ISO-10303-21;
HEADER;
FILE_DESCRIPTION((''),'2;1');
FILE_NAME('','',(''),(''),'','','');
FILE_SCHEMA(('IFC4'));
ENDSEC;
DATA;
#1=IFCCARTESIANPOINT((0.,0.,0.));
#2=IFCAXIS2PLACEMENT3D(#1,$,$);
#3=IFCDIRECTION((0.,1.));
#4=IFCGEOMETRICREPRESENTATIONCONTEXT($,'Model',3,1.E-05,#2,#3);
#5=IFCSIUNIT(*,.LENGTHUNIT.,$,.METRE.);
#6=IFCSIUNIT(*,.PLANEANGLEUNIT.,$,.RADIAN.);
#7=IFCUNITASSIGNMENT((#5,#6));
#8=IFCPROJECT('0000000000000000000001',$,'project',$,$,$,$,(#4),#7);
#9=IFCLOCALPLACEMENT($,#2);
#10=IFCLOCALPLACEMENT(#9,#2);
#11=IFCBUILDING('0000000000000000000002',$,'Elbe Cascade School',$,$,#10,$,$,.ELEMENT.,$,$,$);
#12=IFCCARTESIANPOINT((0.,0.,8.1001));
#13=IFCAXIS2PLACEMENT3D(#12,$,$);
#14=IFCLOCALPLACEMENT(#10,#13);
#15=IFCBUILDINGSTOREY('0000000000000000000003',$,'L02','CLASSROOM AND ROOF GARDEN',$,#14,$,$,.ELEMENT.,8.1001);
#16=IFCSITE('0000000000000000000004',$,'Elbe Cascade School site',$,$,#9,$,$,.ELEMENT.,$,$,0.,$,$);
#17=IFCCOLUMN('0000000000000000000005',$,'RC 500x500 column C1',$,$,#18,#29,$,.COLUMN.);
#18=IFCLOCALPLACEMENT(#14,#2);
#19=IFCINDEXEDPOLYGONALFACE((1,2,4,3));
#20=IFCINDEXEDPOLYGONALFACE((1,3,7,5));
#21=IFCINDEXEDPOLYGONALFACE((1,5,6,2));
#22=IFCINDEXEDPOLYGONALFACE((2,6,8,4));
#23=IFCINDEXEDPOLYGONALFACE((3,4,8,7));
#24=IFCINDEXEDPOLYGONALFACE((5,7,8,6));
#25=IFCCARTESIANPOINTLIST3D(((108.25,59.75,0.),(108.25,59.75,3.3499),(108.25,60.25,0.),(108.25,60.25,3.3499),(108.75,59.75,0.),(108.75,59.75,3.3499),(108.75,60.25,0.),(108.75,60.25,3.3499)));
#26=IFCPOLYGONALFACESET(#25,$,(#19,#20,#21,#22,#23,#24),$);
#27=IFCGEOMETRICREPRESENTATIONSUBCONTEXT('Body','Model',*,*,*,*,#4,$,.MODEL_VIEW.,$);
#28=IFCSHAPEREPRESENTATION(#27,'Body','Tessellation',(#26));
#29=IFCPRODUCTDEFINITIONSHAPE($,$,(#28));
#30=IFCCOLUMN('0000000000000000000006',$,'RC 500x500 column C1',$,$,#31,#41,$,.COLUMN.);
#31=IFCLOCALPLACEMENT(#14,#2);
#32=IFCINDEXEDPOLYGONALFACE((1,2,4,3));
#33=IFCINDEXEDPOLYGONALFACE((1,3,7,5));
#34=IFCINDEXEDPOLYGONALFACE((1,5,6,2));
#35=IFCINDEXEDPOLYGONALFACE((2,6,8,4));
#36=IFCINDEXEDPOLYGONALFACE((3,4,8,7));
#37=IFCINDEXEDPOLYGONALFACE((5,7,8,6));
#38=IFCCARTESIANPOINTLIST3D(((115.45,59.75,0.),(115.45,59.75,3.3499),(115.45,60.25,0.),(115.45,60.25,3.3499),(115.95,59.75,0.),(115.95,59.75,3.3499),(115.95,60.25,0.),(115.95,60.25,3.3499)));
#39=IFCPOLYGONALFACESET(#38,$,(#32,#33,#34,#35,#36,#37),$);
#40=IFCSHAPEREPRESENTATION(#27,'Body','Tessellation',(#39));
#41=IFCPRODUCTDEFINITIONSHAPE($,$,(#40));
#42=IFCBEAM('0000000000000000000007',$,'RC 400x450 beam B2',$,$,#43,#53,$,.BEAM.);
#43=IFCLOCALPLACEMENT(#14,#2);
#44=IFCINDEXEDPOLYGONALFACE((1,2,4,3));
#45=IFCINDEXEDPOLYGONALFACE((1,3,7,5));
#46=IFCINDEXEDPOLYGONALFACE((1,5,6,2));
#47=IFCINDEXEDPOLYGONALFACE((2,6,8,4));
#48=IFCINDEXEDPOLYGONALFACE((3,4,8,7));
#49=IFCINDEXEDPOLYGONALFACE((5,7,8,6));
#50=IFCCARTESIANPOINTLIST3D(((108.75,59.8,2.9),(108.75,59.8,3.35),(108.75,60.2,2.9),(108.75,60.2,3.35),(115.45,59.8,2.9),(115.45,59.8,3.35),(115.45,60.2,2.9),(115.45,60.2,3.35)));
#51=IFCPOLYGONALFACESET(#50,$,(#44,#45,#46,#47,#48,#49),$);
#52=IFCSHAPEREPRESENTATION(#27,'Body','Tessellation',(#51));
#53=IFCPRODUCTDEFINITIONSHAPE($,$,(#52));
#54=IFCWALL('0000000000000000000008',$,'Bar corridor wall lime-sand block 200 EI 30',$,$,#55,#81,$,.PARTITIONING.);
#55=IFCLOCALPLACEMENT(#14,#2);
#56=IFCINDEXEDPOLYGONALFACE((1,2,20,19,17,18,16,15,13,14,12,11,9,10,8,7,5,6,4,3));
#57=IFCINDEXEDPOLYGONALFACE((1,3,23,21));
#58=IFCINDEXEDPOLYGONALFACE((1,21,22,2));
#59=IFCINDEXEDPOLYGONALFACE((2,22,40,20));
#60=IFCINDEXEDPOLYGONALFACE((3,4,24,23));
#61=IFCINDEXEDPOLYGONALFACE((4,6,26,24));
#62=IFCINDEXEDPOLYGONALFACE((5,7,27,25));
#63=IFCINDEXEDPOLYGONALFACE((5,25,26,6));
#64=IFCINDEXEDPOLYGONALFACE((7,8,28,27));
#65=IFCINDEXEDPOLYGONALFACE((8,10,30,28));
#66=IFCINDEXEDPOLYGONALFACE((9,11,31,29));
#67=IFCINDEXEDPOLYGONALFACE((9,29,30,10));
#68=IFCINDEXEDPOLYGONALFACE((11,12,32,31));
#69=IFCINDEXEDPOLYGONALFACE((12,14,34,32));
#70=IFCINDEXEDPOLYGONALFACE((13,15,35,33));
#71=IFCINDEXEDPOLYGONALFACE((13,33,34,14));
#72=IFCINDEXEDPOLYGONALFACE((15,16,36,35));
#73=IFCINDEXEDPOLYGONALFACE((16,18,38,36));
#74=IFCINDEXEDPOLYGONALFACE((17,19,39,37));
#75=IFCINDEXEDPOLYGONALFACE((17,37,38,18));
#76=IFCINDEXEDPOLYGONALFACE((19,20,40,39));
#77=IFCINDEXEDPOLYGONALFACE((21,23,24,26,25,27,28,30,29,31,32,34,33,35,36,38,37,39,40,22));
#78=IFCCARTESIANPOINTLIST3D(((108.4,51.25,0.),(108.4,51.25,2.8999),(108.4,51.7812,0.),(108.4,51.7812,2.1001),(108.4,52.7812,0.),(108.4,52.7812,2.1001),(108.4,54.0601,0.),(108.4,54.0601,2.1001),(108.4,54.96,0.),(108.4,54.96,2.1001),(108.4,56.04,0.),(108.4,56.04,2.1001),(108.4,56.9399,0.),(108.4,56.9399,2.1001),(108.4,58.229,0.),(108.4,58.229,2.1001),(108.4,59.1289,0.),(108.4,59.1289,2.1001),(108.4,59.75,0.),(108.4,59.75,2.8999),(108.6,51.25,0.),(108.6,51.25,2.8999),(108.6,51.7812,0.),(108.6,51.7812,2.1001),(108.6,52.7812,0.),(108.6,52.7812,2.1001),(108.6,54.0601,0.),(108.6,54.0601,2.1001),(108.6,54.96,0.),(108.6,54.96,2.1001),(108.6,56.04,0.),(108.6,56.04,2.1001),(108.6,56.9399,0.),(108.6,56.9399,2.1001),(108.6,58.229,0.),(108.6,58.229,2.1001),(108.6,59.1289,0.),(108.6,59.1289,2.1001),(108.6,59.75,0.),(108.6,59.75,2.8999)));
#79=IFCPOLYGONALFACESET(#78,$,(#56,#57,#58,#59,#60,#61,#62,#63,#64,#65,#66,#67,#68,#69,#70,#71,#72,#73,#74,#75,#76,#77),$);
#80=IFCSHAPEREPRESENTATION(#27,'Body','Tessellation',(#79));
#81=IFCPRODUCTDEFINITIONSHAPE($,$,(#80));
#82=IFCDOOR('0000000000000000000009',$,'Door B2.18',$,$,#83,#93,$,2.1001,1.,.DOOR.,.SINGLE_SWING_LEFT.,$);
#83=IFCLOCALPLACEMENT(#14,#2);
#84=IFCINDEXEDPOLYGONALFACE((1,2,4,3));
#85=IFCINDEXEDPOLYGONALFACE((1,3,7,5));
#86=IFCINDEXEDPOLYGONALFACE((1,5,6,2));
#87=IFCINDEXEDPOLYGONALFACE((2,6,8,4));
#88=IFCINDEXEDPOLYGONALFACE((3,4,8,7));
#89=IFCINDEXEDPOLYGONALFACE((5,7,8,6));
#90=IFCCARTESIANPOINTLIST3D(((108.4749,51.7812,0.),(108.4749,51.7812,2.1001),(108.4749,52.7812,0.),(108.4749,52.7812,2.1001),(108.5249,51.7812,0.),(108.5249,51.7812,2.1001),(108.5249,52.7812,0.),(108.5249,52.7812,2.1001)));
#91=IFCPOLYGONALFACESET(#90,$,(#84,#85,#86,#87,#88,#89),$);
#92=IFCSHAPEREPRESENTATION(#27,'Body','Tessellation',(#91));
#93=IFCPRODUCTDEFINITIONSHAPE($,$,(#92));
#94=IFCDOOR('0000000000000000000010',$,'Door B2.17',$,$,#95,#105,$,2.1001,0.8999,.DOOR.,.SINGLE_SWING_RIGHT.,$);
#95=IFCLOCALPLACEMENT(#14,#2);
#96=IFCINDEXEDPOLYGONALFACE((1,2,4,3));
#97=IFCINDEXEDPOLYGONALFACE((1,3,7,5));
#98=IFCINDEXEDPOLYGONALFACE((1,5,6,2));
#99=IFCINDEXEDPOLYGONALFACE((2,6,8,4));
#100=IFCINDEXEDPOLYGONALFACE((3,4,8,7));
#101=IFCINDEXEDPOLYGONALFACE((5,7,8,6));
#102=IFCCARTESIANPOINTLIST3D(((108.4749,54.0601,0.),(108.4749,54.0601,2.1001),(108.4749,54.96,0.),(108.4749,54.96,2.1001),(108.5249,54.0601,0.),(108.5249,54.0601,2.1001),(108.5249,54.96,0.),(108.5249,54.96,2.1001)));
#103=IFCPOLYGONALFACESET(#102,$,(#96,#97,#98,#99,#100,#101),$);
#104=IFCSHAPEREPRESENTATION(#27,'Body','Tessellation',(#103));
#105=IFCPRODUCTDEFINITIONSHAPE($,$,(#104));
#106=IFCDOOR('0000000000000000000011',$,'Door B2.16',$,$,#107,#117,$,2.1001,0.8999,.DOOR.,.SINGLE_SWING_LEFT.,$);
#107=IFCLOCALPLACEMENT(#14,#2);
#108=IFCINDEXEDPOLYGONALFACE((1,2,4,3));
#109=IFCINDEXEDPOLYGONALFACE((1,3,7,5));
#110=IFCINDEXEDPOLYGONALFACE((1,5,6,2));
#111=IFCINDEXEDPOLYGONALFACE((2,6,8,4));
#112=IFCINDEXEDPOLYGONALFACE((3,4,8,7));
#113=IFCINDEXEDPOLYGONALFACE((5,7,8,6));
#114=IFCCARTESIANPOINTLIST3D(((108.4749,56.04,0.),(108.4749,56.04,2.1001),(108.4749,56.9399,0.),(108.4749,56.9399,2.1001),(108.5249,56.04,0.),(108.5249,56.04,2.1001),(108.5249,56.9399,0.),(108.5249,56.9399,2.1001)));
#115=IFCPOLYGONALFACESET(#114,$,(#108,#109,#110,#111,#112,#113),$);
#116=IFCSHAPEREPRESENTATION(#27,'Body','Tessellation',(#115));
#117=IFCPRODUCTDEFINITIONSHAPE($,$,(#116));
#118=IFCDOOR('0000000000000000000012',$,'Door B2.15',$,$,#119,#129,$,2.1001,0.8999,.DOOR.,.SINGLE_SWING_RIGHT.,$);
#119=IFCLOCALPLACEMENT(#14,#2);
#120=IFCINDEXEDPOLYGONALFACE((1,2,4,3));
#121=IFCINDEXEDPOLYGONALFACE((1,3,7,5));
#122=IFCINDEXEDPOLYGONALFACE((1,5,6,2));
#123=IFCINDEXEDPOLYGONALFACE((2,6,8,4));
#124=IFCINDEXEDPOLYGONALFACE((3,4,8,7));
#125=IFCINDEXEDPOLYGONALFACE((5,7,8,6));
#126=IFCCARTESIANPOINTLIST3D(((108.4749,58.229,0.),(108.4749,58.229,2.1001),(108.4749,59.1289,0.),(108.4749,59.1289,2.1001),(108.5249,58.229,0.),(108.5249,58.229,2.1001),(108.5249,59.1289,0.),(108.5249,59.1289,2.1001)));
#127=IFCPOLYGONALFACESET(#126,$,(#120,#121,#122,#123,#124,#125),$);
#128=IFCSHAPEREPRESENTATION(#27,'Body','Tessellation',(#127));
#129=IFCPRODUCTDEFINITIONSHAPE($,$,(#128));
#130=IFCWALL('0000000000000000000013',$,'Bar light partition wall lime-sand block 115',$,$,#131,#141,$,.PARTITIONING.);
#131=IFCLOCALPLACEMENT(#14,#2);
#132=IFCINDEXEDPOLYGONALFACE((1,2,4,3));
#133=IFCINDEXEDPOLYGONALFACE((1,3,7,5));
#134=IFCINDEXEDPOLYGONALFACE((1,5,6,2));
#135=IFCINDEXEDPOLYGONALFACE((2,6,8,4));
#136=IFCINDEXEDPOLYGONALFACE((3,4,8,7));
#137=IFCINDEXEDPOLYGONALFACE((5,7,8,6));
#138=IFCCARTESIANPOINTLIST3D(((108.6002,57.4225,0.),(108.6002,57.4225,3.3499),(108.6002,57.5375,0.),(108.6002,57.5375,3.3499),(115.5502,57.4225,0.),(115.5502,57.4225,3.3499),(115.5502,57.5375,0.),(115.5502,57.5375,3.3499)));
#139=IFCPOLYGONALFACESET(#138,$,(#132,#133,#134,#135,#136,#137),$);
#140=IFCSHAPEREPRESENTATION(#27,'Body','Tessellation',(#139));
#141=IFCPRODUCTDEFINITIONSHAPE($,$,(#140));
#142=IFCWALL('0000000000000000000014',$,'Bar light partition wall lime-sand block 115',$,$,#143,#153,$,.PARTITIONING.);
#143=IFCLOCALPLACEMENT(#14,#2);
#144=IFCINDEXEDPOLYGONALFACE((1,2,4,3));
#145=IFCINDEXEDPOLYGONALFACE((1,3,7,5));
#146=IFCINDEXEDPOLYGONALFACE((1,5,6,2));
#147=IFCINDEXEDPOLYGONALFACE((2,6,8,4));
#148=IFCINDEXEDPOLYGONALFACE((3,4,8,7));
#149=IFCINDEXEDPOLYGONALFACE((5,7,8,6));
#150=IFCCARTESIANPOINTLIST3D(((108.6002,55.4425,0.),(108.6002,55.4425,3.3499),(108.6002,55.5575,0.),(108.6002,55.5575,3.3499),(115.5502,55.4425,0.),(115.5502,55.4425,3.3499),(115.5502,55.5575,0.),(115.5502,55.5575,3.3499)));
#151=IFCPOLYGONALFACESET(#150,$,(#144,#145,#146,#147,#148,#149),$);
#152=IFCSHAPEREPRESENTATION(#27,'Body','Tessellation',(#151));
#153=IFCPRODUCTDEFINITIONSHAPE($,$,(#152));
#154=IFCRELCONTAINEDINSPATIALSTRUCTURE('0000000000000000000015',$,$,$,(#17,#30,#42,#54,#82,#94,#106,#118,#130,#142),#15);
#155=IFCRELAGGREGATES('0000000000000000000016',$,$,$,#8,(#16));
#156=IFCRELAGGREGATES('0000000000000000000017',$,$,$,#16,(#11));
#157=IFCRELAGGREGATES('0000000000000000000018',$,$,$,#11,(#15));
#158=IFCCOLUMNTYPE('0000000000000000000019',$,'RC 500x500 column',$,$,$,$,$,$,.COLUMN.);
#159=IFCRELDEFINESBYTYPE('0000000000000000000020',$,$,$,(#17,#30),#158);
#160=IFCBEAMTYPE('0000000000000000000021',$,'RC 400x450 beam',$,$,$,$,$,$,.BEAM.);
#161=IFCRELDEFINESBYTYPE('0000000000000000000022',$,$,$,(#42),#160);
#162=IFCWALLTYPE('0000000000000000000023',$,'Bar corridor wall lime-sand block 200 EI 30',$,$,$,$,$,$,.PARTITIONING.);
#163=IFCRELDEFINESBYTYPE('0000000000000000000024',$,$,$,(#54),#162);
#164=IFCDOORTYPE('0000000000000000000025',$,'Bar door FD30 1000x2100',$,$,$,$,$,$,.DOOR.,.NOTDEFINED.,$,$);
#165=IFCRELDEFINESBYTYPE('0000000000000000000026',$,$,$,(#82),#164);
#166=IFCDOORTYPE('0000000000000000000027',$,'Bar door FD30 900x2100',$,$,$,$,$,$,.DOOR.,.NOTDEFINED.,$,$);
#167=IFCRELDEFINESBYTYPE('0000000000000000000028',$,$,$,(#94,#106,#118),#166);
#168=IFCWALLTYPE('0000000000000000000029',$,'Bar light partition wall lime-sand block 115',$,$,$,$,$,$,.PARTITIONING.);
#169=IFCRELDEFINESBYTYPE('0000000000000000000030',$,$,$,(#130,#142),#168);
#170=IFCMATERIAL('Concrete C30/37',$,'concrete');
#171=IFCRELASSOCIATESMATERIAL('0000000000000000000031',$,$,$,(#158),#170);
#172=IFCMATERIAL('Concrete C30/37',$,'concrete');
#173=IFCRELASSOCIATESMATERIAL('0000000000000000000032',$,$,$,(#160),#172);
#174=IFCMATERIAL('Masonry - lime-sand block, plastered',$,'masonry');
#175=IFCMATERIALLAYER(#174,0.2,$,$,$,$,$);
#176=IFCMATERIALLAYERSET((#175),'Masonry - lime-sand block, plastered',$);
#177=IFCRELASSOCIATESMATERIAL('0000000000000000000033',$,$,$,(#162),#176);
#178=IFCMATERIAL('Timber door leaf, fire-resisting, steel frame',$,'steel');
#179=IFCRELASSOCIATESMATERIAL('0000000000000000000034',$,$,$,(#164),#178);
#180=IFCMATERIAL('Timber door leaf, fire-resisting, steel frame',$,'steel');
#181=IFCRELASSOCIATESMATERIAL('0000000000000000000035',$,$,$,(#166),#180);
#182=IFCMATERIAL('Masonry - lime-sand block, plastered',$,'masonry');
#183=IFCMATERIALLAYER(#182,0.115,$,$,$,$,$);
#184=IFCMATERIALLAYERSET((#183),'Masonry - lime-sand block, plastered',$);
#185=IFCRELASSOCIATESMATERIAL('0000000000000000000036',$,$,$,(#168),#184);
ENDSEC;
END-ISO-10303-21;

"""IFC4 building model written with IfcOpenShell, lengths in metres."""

from ifc_helpers import new_model, si_unit, direction, frame, frame_2d, origin, origin_2d, place, context, subcontext, project, spatial, rectangle, extrude, material, layer, layer_set, material_profile, profile_set, type_object, element, fill, save


model = new_model("IFC4")

# Units and contexts
model_context = context("Model", 3, precision=1e-05, world=origin(), true_north=direction((0.0, 1.0)))
body_context = subcontext(model_context, "Body", "Model", "MODEL_VIEW")
ifc_project = project(units=[si_unit("LENGTHUNIT", "METRE"), si_unit("PLANEANGLEUNIT", "RADIAN")], contexts=[model_context])

# Site, building, storey
site_placement = place(None, origin())
site = spatial("IfcSite", under=ifc_project, at=site_placement, Name="Elbe Cascade School site", CompositionType="ELEMENT", RefElevation=0.0)
building_placement = place(site_placement, origin())
building = spatial("IfcBuilding", under=site, at=building_placement, Name="Elbe Cascade School", CompositionType="ELEMENT")
storey_placement = place(building_placement, frame((0.0, 0.0, 8.1001)))
storey = spatial("IfcBuildingStorey", under=building, at=storey_placement, Name="L02", Description="CLASSROOM AND ROOF GARDEN", CompositionType="ELEMENT", Elevation=8.1001)

# Columns
ifc_material_1 = material(Name="Concrete C30/37", Category="concrete")
ifc_material_profile_1 = material_profile(ifc_material_1, rectangle(XDim=0.5, YDim=0.5, at=origin_2d()), Name="RC 500x500")
ifc_profile_set_1 = profile_set([ifc_material_profile_1], Name="Concrete C30/37")
column_type = type_object("IfcColumnType", Name="RC 500x500 column", PredefinedType="COLUMN", material=ifc_profile_set_1)
for number, where, z_axis, x_axis, name in (
    (1, (108.5, 60.0, 0.0), (0.0, 0.0, 1.0), (1.0, 0.0, 0.0), "RC 500x500 column C1"),
    (2, (115.7, 60.0, 0.0), (0.0, 0.0, 1.0), (1.0, 0.0, 0.0), "RC 500x500 column C1"),
):
    element("IfcColumn", number, at=place(storey_placement, frame(where, z_axis=z_axis, x_axis=x_axis)), inside=storey, type_object=column_type, Name=name, PredefinedType="COLUMN", context=body_context, shape_type="SweptSolid", body=[
        extrude(rectangle(XDim=0.5, YDim=0.5, at=origin_2d()), origin(), (0.0, 0.0, 1.0), 3.3499),
    ])

# Beam
ifc_material_2 = material(Name="Concrete C30/37", Category="concrete")
ifc_material_profile_2 = material_profile(ifc_material_2, rectangle(XDim=0.3999, YDim=0.45, at=origin_2d()), Name="RC 400x450")
ifc_profile_set_2 = profile_set([ifc_material_profile_2], Name="Concrete C30/37")
beam_type = type_object("IfcBeamType", Name="RC 400x450 beam", PredefinedType="BEAM", material=ifc_profile_set_2)
beam_placement = place(storey_placement, frame((108.75, 60.0, 3.125), z_axis=(1.0, 0.0, 0.0), x_axis=(0.0, 1.0, 0.0)))
element("IfcBeam", 3, at=beam_placement, inside=storey, type_object=beam_type, Name="RC 400x450 beam B2", PredefinedType="BEAM", context=body_context, shape_type="SweptSolid", body=[
    extrude(rectangle(XDim=0.3999, YDim=0.45, at=origin_2d()), origin(), (0.0, 0.0, 1.0), 6.7),
])

# Wall, openings, doors
ifc_material_3 = material(Name="Masonry - lime-sand block, plastered", Category="masonry")
ifc_layer_1 = layer(ifc_material_3, 0.2)
ifc_layer_set_1 = layer_set([ifc_layer_1], Name="Masonry - lime-sand block, plastered")
wall_type_1 = type_object("IfcWallType", Name="Bar corridor wall lime-sand block 200 EI 30", PredefinedType="PARTITIONING", material=ifc_layer_set_1)
wall_1_placement = place(storey_placement, frame((108.5, 59.75, 0.0), z_axis=(0.0, 0.0, 1.0), x_axis=(0.0, -1.0, 0.0)))
wall_1 = element("IfcWall", 4, at=wall_1_placement, inside=storey, type_object=wall_type_1, Name="Bar corridor wall lime-sand block 200 EI 30", PredefinedType="PARTITIONING", context=body_context, shape_type="SweptSolid", body=[
    extrude(rectangle(XDim=8.5, YDim=0.2, at=frame_2d((4.25, 0.0))), origin(), (0.0, 0.0, 1.0), 2.8999),
])
opening_1_placement = place(wall_1_placement, frame((6.9688, 0.0, 0.0)))
opening_1 = element("IfcOpeningElement", 5, at=opening_1_placement, cuts=wall_1, PredefinedType="OPENING", context=body_context, shape_type="SweptSolid", body=[
    extrude(rectangle(XDim=1.0, YDim=2.1001, at=frame_2d((0.5, 1.05))), frame((0.0, 0.1099, 0.0), z_axis=(0.0, -1.0, 0.0), x_axis=(1.0, 0.0, 0.0)), (0.0, 0.0, 1.0), 0.22),
])
opening_2_placement = place(wall_1_placement, frame((4.79, 0.0, 0.0)))
opening_2 = element("IfcOpeningElement", 6, at=opening_2_placement, cuts=wall_1, PredefinedType="OPENING", context=body_context, shape_type="SweptSolid", body=[
    extrude(rectangle(XDim=0.8999, YDim=2.1001, at=frame_2d((0.45, 1.05))), frame((0.0, 0.1099, 0.0), z_axis=(0.0, -1.0, 0.0), x_axis=(1.0, 0.0, 0.0)), (0.0, 0.0, 1.0), 0.22),
])
opening_3_placement = place(wall_1_placement, frame((2.8101, 0.0, 0.0)))
opening_3 = element("IfcOpeningElement", 7, at=opening_3_placement, cuts=wall_1, PredefinedType="OPENING", context=body_context, shape_type="SweptSolid", body=[
    extrude(rectangle(XDim=0.8999, YDim=2.1001, at=frame_2d((0.45, 1.05))), frame((0.0, 0.1099, 0.0), z_axis=(0.0, -1.0, 0.0), x_axis=(1.0, 0.0, 0.0)), (0.0, 0.0, 1.0), 0.22),
])
opening_4_placement = place(wall_1_placement, frame((0.6211, 0.0, 0.0)))
opening_4 = element("IfcOpeningElement", 8, at=opening_4_placement, cuts=wall_1, PredefinedType="OPENING", context=body_context, shape_type="SweptSolid", body=[
    extrude(rectangle(XDim=0.8999, YDim=2.1001, at=frame_2d((0.45, 1.05))), frame((0.0, 0.1099, 0.0), z_axis=(0.0, -1.0, 0.0), x_axis=(1.0, 0.0, 0.0)), (0.0, 0.0, 1.0), 0.22),
])
ifc_material_4 = material(Name="Timber door leaf, fire-resisting, steel frame", Category="steel")
door_type_1 = type_object("IfcDoorType", Name="Bar door FD30 1000x2100", OperationType="NOTDEFINED", PredefinedType="DOOR", material=ifc_material_4)
door_1_placement = place(opening_1_placement, origin())
door_1 = element("IfcDoor", 9, at=door_1_placement, inside=storey, type_object=door_type_1, Name="Door B2.18", OperationType="SINGLE_SWING_LEFT", OverallHeight=2.1001, OverallWidth=1.0, PredefinedType="DOOR", context=body_context, shape_type="SweptSolid", body=[
    extrude(rectangle(XDim=1.0, YDim=2.1001, at=frame_2d((0.5, 1.05))), frame((0.0, 0.0249, 0.0), z_axis=(0.0, -1.0, 0.0), x_axis=(1.0, 0.0, 0.0)), (0.0, 0.0, 1.0), 0.05),
])
fill(opening_1, door_1)
ifc_material_5 = material(Name="Timber door leaf, fire-resisting, steel frame", Category="steel")
door_type_2 = type_object("IfcDoorType", Name="Bar door FD30 900x2100", OperationType="NOTDEFINED", PredefinedType="DOOR", material=ifc_material_5)
door_2_placement = place(opening_2_placement, origin())
door_2 = element("IfcDoor", 10, at=door_2_placement, inside=storey, type_object=door_type_2, Name="Door B2.17", OperationType="SINGLE_SWING_RIGHT", OverallHeight=2.1001, OverallWidth=0.8999, PredefinedType="DOOR", context=body_context, shape_type="SweptSolid", body=[
    extrude(rectangle(XDim=0.8999, YDim=2.1001, at=frame_2d((0.45, 1.05))), frame((0.0, 0.0249, 0.0), z_axis=(0.0, -1.0, 0.0), x_axis=(1.0, 0.0, 0.0)), (0.0, 0.0, 1.0), 0.05),
])
fill(opening_2, door_2)
door_3_placement = place(opening_3_placement, origin())
door_3 = element("IfcDoor", 11, at=door_3_placement, inside=storey, type_object=door_type_2, Name="Door B2.16", OperationType="SINGLE_SWING_LEFT", OverallHeight=2.1001, OverallWidth=0.8999, PredefinedType="DOOR", context=body_context, shape_type="SweptSolid", body=[
    extrude(rectangle(XDim=0.8999, YDim=2.1001, at=frame_2d((0.45, 1.05))), frame((0.0, 0.0249, 0.0), z_axis=(0.0, -1.0, 0.0), x_axis=(1.0, 0.0, 0.0)), (0.0, 0.0, 1.0), 0.05),
])
fill(opening_3, door_3)
door_4_placement = place(opening_4_placement, origin())
door_4 = element("IfcDoor", 12, at=door_4_placement, inside=storey, type_object=door_type_2, Name="Door B2.15", OperationType="SINGLE_SWING_RIGHT", OverallHeight=2.1001, OverallWidth=0.8999, PredefinedType="DOOR", context=body_context, shape_type="SweptSolid", body=[
    extrude(rectangle(XDim=0.8999, YDim=2.1001, at=frame_2d((0.45, 1.05))), frame((0.0, 0.0249, 0.0), z_axis=(0.0, -1.0, 0.0), x_axis=(1.0, 0.0, 0.0)), (0.0, 0.0, 1.0), 0.05),
])
fill(opening_4, door_4)

# Walls
ifc_material_6 = material(Name="Masonry - lime-sand block, plastered", Category="masonry")
ifc_layer_2 = layer(ifc_material_6, 0.115)
ifc_layer_set_2 = layer_set([ifc_layer_2], Name="Masonry - lime-sand block, plastered")
wall_type_2 = type_object("IfcWallType", Name="Bar light partition wall lime-sand block 115", PredefinedType="PARTITIONING", material=ifc_layer_set_2)
for number, where, z_axis, x_axis, name in (
    (13, (108.6001, 57.48, 0.0), (0.0, 0.0, 1.0), (1.0, 0.0, 0.0), "Bar light partition wall lime-sand block 115"),
    (14, (108.6001, 55.5, 0.0), (0.0, 0.0, 1.0), (1.0, 0.0, 0.0), "Bar light partition wall lime-sand block 115"),
):
    element("IfcWall", number, at=place(storey_placement, frame(where, z_axis=z_axis, x_axis=x_axis)), inside=storey, type_object=wall_type_2, Name=name, PredefinedType="PARTITIONING", context=body_context, shape_type="SweptSolid", body=[
        extrude(rectangle(XDim=6.95, YDim=0.115, at=frame_2d((3.4751, 0.0))), origin(), (0.0, 0.0, 1.0), 3.3499),
    ])

save(model, "model.ifc")
